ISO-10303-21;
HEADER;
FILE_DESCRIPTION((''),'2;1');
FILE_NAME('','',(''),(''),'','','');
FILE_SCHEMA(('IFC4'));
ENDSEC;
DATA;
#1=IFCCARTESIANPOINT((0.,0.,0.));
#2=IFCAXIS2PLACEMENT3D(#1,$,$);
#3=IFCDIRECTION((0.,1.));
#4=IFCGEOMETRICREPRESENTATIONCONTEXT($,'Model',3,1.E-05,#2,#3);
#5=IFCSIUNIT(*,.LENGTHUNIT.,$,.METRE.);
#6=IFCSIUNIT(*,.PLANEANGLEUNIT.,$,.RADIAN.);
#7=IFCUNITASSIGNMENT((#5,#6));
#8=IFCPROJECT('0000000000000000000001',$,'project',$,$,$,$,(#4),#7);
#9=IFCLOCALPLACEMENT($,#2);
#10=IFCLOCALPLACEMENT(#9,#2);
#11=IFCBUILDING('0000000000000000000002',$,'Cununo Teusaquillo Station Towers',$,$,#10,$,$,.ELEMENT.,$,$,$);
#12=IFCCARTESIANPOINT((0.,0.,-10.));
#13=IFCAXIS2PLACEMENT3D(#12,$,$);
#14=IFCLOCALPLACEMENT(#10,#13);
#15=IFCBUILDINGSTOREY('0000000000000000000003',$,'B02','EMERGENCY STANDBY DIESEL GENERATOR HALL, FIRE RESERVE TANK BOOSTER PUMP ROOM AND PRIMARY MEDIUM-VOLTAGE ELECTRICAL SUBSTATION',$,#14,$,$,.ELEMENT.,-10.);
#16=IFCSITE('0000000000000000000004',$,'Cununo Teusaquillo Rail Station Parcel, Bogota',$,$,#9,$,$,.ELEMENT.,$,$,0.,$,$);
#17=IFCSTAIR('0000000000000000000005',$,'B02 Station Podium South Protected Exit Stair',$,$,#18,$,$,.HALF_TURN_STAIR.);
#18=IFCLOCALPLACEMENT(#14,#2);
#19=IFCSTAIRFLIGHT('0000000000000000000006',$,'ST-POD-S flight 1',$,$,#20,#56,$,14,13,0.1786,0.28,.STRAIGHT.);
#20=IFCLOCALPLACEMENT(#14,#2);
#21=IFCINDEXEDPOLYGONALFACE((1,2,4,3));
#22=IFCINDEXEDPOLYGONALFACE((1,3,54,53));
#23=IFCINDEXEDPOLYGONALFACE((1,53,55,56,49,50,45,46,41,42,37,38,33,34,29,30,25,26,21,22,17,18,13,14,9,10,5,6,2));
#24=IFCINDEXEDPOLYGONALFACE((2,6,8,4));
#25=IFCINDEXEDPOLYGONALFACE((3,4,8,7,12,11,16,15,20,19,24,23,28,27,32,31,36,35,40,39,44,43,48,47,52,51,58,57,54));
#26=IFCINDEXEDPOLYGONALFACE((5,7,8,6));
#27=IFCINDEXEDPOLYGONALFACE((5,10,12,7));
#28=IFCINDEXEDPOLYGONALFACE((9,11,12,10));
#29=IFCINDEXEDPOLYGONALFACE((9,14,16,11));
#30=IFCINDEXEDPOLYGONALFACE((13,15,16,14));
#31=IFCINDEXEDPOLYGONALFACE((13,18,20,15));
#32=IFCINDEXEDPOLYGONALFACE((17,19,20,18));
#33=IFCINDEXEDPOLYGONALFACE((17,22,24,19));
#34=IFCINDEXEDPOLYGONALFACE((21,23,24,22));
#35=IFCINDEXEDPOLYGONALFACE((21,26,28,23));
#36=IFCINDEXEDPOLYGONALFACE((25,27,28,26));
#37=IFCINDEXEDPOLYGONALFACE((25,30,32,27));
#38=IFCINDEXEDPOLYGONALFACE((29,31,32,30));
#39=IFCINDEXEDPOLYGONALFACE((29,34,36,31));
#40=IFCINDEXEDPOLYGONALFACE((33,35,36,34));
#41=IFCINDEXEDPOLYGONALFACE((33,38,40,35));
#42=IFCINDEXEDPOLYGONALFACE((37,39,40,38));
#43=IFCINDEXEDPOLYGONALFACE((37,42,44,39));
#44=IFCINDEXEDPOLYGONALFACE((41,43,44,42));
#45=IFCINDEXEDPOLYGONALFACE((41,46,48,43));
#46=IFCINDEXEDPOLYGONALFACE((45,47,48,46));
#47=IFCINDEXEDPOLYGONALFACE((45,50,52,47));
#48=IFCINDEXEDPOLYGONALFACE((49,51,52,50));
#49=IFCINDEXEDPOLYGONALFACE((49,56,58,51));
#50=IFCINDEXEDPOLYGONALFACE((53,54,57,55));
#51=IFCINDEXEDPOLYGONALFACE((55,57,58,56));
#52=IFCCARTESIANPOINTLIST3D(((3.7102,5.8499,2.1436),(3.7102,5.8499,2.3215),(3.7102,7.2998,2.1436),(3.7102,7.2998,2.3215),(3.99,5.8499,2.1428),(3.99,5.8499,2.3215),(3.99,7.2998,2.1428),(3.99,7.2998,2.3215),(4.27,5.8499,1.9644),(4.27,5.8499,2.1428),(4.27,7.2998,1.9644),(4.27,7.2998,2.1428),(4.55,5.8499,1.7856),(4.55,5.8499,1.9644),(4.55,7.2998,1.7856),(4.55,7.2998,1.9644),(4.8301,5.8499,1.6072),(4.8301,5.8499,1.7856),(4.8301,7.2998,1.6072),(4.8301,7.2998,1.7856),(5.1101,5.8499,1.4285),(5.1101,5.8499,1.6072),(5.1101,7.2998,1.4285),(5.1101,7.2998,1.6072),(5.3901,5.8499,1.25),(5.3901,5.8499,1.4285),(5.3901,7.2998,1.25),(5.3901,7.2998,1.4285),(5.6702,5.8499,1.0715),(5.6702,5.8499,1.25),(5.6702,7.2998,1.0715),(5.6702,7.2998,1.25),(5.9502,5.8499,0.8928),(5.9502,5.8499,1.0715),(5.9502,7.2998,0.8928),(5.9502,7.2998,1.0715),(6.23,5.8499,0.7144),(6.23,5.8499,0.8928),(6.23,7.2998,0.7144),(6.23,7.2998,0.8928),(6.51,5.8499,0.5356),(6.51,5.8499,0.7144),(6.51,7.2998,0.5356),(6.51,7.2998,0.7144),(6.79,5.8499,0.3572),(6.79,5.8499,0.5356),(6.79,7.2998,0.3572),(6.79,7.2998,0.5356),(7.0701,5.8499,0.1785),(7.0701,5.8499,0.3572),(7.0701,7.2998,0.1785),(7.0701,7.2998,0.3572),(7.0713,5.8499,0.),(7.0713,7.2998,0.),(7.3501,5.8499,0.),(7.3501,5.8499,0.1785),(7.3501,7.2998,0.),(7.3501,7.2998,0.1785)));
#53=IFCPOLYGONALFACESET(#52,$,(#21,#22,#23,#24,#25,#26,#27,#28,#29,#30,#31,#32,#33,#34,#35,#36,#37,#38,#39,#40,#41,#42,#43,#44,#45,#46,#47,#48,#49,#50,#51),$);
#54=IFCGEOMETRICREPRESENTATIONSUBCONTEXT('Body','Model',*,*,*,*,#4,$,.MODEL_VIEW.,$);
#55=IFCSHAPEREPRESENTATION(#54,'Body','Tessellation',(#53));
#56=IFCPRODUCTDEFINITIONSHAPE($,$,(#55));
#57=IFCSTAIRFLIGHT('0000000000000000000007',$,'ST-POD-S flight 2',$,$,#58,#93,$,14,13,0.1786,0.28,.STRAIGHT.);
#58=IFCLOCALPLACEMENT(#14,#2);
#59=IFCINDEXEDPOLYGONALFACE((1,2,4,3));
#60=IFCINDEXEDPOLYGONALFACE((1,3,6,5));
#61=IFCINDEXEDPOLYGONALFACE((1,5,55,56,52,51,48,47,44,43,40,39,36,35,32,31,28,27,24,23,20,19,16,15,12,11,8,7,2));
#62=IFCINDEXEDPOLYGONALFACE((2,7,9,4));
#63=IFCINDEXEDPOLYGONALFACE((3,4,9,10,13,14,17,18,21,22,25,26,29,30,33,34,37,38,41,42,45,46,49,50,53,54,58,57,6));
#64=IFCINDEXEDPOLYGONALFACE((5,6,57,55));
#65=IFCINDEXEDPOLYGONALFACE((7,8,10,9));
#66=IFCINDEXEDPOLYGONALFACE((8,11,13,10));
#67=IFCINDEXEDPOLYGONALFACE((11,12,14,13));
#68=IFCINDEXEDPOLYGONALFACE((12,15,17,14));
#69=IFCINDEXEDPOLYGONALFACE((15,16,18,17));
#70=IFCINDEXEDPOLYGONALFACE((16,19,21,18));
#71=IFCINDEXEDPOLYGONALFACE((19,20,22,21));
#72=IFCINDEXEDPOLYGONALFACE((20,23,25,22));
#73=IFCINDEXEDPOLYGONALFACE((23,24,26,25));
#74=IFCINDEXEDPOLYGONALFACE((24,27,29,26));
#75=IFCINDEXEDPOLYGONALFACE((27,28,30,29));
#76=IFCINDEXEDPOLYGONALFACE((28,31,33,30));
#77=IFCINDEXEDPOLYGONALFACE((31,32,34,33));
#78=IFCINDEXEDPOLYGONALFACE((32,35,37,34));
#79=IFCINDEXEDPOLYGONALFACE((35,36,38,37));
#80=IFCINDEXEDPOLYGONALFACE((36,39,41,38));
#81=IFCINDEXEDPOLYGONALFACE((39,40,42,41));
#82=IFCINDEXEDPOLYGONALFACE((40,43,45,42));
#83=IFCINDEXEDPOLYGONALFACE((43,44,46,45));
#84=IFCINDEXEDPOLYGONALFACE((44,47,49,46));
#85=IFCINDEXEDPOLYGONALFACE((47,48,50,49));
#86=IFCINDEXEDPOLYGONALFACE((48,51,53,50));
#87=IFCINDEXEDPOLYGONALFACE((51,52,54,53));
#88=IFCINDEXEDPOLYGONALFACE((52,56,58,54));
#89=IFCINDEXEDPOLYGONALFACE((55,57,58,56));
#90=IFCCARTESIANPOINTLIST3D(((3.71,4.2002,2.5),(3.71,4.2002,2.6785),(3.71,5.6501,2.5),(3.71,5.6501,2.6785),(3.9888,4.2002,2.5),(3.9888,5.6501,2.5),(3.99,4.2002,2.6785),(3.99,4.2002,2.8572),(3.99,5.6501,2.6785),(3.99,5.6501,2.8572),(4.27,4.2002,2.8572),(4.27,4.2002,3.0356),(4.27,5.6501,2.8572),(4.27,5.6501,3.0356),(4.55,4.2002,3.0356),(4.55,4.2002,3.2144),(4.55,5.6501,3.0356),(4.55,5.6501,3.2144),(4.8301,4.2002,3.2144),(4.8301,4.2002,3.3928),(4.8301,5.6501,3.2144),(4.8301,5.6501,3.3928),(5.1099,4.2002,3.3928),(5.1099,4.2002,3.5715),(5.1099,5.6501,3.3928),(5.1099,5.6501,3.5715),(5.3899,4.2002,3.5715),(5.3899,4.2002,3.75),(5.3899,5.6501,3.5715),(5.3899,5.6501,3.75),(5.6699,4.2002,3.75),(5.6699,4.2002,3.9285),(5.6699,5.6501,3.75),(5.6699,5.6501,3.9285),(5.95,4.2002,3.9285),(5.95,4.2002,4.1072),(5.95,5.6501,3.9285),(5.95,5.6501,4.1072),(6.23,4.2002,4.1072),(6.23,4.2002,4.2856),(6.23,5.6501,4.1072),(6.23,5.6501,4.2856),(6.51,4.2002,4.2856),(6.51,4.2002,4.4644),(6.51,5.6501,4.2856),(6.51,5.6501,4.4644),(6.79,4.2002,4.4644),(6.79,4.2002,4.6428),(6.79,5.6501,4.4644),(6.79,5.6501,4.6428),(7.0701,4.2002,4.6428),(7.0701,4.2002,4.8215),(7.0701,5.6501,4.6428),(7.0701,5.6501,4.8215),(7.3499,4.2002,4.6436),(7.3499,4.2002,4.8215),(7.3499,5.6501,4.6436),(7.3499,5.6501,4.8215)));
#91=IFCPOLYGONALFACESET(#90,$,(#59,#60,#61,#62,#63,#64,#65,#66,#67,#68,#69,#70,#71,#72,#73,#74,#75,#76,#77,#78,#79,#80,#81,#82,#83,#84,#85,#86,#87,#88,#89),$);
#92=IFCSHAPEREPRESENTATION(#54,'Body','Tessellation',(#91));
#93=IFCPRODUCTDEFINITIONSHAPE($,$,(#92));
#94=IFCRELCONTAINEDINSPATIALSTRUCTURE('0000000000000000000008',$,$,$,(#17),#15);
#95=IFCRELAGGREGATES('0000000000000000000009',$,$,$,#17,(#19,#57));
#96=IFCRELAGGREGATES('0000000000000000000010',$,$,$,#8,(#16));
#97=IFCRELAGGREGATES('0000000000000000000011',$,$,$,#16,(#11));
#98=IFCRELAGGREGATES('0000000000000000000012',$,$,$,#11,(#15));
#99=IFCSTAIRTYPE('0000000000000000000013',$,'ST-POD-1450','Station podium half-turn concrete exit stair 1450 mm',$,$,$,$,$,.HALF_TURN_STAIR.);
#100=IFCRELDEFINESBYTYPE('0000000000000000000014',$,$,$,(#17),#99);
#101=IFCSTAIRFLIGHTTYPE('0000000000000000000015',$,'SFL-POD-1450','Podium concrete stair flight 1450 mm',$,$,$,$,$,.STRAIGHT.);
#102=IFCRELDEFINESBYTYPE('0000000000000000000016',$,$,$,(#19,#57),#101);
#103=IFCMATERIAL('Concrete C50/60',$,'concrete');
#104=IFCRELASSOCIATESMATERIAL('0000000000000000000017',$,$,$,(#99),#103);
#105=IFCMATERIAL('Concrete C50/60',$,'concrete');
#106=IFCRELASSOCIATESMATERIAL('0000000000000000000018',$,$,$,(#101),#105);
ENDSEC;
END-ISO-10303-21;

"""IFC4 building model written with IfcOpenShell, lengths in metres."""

from ifc_helpers import new_model, si_unit, direction, frame, origin, place, context, subcontext, project, spatial, polyline, outline, extrude, material, type_object, element, aggregate, save


model = new_model("IFC4")

# Units and contexts
model_context = context("Model", 3, precision=1e-05, world=origin(), true_north=direction((0.0, 1.0)))
body_context = subcontext(model_context, "Body", "Model", "MODEL_VIEW")
ifc_project = project(units=[si_unit("LENGTHUNIT", "METRE"), si_unit("PLANEANGLEUNIT", "RADIAN")], contexts=[model_context])

# Site, building, storey
site_placement = place(None, origin())
site = spatial("IfcSite", under=ifc_project, at=site_placement, Name="Cununo Teusaquillo Rail Station Parcel, Bogota", CompositionType="ELEMENT", RefElevation=0.0)
building_placement = place(site_placement, origin())
building = spatial("IfcBuilding", under=site, at=building_placement, Name="Cununo Teusaquillo Station Towers", CompositionType="ELEMENT")
storey_placement = place(building_placement, frame((0.0, 0.0, -10.0)))
storey = spatial("IfcBuildingStorey", under=building, at=storey_placement, Name="B02", Description="EMERGENCY STANDBY DIESEL GENERATOR HALL, FIRE RESERVE TANK BOOSTER PUMP ROOM AND PRIMARY MEDIUM-VOLTAGE ELECTRICAL SUBSTATION", CompositionType="ELEMENT", Elevation=-10.0)

# Stair
ifc_material_1 = material(Name="Concrete C50/60", Category="concrete")
stair_type_1 = type_object("IfcStairType", Name="ST-POD-1450", Description="Station podium half-turn concrete exit stair 1450 mm", PredefinedType="HALF_TURN_STAIR", material=ifc_material_1)
stair_1_placement = place(storey_placement, origin())
stair_1 = element("IfcStair", 1, at=stair_1_placement, inside=storey, type_object=stair_type_1, Name="B02 Station Podium South Protected Exit Stair", PredefinedType="HALF_TURN_STAIR")

# Stair flights
ifc_material_2 = material(Name="Concrete C50/60", Category="concrete")
stair_flight_type = type_object("IfcStairFlightType", Name="SFL-POD-1450", Description="Podium concrete stair flight 1450 mm", PredefinedType="STRAIGHT", material=ifc_material_2)
stair_flight_1_placement = place(storey_placement, frame((7.3501, 6.575, 0.0), z_axis=(0.0, 0.0, 1.0), x_axis=(-1.0, 0.0, 0.0)))
stair_flight_1 = element("IfcStairFlight", 2, at=stair_flight_1_placement, type_object=stair_flight_type, Name="ST-POD-S flight 1", NumberOfRisers=14, NumberOfTreads=13, PredefinedType="STRAIGHT", RiserHeight=0.1786, TreadLength=0.28, context=body_context, shape_type="SweptSolid", body=[
    extrude(outline(polyline([(0.0, 0.0), (0.0, 0.1785), (0.28, 0.1785), (0.28, 0.3572), (0.5601, 0.3572), (0.5601, 0.5356), (0.8401, 0.5356), (0.8401, 0.7144), (1.1201, 0.7144), (1.1201, 0.8928), (1.3999, 0.8928), (1.3999, 1.0715), (1.6799, 1.0715), (1.6799, 1.25), (1.96, 1.25), (1.96, 1.4285), (2.24, 1.4285), (2.24, 1.6072), (2.52, 1.6072), (2.52, 1.7856), (2.8, 1.7856), (2.8, 1.9644), (3.0801, 1.9644), (3.0801, 2.1428), (3.3601, 2.1428), (3.3601, 2.3215), (3.6399, 2.3215), (3.6399, 2.5), (3.6399, 2.1436), (0.2788, 0.0), (0.0, 0.0)])), frame((0.0, 0.7251, 0.0), z_axis=(0.0, -1.0, 0.0), x_axis=(1.0, 0.0, 0.0)), (0.0, 0.0, 1.0), 1.45),
])
stair_flight_2_placement = place(storey_placement, frame((3.71, 4.925, 2.5), z_axis=(0.0, 0.0, 1.0), x_axis=(1.0, 0.0, 0.0)))
stair_flight_2 = element("IfcStairFlight", 3, at=stair_flight_2_placement, type_object=stair_flight_type, Name="ST-POD-S flight 2", NumberOfRisers=14, NumberOfTreads=13, PredefinedType="STRAIGHT", RiserHeight=0.1786, TreadLength=0.28, context=body_context, shape_type="SweptSolid", body=[
    extrude(outline(polyline([(0.0, 0.0), (0.0, 0.1785), (0.28, 0.1785), (0.28, 0.3572), (0.5601, 0.3572), (0.5601, 0.5356), (0.8401, 0.5356), (0.8401, 0.7144), (1.1201, 0.7144), (1.1201, 0.8928), (1.3999, 0.8928), (1.3999, 1.0715), (1.6799, 1.0715), (1.6799, 1.25), (1.96, 1.25), (1.96, 1.4285), (2.24, 1.4285), (2.24, 1.6072), (2.52, 1.6072), (2.52, 1.7856), (2.8, 1.7856), (2.8, 1.9644), (3.0801, 1.9644), (3.0801, 2.1428), (3.3601, 2.1428), (3.3601, 2.3215), (3.6399, 2.3215), (3.6399, 2.5), (3.6399, 2.1436), (0.2788, 0.0), (0.0, 0.0)])), frame((0.0, 0.7251, 0.0), z_axis=(0.0, -1.0, 0.0), x_axis=(1.0, 0.0, 0.0)), (0.0, 0.0, 1.0), 1.45),
])
aggregate(stair_1, [stair_flight_1, stair_flight_2])

save(model, "model.ifc")
